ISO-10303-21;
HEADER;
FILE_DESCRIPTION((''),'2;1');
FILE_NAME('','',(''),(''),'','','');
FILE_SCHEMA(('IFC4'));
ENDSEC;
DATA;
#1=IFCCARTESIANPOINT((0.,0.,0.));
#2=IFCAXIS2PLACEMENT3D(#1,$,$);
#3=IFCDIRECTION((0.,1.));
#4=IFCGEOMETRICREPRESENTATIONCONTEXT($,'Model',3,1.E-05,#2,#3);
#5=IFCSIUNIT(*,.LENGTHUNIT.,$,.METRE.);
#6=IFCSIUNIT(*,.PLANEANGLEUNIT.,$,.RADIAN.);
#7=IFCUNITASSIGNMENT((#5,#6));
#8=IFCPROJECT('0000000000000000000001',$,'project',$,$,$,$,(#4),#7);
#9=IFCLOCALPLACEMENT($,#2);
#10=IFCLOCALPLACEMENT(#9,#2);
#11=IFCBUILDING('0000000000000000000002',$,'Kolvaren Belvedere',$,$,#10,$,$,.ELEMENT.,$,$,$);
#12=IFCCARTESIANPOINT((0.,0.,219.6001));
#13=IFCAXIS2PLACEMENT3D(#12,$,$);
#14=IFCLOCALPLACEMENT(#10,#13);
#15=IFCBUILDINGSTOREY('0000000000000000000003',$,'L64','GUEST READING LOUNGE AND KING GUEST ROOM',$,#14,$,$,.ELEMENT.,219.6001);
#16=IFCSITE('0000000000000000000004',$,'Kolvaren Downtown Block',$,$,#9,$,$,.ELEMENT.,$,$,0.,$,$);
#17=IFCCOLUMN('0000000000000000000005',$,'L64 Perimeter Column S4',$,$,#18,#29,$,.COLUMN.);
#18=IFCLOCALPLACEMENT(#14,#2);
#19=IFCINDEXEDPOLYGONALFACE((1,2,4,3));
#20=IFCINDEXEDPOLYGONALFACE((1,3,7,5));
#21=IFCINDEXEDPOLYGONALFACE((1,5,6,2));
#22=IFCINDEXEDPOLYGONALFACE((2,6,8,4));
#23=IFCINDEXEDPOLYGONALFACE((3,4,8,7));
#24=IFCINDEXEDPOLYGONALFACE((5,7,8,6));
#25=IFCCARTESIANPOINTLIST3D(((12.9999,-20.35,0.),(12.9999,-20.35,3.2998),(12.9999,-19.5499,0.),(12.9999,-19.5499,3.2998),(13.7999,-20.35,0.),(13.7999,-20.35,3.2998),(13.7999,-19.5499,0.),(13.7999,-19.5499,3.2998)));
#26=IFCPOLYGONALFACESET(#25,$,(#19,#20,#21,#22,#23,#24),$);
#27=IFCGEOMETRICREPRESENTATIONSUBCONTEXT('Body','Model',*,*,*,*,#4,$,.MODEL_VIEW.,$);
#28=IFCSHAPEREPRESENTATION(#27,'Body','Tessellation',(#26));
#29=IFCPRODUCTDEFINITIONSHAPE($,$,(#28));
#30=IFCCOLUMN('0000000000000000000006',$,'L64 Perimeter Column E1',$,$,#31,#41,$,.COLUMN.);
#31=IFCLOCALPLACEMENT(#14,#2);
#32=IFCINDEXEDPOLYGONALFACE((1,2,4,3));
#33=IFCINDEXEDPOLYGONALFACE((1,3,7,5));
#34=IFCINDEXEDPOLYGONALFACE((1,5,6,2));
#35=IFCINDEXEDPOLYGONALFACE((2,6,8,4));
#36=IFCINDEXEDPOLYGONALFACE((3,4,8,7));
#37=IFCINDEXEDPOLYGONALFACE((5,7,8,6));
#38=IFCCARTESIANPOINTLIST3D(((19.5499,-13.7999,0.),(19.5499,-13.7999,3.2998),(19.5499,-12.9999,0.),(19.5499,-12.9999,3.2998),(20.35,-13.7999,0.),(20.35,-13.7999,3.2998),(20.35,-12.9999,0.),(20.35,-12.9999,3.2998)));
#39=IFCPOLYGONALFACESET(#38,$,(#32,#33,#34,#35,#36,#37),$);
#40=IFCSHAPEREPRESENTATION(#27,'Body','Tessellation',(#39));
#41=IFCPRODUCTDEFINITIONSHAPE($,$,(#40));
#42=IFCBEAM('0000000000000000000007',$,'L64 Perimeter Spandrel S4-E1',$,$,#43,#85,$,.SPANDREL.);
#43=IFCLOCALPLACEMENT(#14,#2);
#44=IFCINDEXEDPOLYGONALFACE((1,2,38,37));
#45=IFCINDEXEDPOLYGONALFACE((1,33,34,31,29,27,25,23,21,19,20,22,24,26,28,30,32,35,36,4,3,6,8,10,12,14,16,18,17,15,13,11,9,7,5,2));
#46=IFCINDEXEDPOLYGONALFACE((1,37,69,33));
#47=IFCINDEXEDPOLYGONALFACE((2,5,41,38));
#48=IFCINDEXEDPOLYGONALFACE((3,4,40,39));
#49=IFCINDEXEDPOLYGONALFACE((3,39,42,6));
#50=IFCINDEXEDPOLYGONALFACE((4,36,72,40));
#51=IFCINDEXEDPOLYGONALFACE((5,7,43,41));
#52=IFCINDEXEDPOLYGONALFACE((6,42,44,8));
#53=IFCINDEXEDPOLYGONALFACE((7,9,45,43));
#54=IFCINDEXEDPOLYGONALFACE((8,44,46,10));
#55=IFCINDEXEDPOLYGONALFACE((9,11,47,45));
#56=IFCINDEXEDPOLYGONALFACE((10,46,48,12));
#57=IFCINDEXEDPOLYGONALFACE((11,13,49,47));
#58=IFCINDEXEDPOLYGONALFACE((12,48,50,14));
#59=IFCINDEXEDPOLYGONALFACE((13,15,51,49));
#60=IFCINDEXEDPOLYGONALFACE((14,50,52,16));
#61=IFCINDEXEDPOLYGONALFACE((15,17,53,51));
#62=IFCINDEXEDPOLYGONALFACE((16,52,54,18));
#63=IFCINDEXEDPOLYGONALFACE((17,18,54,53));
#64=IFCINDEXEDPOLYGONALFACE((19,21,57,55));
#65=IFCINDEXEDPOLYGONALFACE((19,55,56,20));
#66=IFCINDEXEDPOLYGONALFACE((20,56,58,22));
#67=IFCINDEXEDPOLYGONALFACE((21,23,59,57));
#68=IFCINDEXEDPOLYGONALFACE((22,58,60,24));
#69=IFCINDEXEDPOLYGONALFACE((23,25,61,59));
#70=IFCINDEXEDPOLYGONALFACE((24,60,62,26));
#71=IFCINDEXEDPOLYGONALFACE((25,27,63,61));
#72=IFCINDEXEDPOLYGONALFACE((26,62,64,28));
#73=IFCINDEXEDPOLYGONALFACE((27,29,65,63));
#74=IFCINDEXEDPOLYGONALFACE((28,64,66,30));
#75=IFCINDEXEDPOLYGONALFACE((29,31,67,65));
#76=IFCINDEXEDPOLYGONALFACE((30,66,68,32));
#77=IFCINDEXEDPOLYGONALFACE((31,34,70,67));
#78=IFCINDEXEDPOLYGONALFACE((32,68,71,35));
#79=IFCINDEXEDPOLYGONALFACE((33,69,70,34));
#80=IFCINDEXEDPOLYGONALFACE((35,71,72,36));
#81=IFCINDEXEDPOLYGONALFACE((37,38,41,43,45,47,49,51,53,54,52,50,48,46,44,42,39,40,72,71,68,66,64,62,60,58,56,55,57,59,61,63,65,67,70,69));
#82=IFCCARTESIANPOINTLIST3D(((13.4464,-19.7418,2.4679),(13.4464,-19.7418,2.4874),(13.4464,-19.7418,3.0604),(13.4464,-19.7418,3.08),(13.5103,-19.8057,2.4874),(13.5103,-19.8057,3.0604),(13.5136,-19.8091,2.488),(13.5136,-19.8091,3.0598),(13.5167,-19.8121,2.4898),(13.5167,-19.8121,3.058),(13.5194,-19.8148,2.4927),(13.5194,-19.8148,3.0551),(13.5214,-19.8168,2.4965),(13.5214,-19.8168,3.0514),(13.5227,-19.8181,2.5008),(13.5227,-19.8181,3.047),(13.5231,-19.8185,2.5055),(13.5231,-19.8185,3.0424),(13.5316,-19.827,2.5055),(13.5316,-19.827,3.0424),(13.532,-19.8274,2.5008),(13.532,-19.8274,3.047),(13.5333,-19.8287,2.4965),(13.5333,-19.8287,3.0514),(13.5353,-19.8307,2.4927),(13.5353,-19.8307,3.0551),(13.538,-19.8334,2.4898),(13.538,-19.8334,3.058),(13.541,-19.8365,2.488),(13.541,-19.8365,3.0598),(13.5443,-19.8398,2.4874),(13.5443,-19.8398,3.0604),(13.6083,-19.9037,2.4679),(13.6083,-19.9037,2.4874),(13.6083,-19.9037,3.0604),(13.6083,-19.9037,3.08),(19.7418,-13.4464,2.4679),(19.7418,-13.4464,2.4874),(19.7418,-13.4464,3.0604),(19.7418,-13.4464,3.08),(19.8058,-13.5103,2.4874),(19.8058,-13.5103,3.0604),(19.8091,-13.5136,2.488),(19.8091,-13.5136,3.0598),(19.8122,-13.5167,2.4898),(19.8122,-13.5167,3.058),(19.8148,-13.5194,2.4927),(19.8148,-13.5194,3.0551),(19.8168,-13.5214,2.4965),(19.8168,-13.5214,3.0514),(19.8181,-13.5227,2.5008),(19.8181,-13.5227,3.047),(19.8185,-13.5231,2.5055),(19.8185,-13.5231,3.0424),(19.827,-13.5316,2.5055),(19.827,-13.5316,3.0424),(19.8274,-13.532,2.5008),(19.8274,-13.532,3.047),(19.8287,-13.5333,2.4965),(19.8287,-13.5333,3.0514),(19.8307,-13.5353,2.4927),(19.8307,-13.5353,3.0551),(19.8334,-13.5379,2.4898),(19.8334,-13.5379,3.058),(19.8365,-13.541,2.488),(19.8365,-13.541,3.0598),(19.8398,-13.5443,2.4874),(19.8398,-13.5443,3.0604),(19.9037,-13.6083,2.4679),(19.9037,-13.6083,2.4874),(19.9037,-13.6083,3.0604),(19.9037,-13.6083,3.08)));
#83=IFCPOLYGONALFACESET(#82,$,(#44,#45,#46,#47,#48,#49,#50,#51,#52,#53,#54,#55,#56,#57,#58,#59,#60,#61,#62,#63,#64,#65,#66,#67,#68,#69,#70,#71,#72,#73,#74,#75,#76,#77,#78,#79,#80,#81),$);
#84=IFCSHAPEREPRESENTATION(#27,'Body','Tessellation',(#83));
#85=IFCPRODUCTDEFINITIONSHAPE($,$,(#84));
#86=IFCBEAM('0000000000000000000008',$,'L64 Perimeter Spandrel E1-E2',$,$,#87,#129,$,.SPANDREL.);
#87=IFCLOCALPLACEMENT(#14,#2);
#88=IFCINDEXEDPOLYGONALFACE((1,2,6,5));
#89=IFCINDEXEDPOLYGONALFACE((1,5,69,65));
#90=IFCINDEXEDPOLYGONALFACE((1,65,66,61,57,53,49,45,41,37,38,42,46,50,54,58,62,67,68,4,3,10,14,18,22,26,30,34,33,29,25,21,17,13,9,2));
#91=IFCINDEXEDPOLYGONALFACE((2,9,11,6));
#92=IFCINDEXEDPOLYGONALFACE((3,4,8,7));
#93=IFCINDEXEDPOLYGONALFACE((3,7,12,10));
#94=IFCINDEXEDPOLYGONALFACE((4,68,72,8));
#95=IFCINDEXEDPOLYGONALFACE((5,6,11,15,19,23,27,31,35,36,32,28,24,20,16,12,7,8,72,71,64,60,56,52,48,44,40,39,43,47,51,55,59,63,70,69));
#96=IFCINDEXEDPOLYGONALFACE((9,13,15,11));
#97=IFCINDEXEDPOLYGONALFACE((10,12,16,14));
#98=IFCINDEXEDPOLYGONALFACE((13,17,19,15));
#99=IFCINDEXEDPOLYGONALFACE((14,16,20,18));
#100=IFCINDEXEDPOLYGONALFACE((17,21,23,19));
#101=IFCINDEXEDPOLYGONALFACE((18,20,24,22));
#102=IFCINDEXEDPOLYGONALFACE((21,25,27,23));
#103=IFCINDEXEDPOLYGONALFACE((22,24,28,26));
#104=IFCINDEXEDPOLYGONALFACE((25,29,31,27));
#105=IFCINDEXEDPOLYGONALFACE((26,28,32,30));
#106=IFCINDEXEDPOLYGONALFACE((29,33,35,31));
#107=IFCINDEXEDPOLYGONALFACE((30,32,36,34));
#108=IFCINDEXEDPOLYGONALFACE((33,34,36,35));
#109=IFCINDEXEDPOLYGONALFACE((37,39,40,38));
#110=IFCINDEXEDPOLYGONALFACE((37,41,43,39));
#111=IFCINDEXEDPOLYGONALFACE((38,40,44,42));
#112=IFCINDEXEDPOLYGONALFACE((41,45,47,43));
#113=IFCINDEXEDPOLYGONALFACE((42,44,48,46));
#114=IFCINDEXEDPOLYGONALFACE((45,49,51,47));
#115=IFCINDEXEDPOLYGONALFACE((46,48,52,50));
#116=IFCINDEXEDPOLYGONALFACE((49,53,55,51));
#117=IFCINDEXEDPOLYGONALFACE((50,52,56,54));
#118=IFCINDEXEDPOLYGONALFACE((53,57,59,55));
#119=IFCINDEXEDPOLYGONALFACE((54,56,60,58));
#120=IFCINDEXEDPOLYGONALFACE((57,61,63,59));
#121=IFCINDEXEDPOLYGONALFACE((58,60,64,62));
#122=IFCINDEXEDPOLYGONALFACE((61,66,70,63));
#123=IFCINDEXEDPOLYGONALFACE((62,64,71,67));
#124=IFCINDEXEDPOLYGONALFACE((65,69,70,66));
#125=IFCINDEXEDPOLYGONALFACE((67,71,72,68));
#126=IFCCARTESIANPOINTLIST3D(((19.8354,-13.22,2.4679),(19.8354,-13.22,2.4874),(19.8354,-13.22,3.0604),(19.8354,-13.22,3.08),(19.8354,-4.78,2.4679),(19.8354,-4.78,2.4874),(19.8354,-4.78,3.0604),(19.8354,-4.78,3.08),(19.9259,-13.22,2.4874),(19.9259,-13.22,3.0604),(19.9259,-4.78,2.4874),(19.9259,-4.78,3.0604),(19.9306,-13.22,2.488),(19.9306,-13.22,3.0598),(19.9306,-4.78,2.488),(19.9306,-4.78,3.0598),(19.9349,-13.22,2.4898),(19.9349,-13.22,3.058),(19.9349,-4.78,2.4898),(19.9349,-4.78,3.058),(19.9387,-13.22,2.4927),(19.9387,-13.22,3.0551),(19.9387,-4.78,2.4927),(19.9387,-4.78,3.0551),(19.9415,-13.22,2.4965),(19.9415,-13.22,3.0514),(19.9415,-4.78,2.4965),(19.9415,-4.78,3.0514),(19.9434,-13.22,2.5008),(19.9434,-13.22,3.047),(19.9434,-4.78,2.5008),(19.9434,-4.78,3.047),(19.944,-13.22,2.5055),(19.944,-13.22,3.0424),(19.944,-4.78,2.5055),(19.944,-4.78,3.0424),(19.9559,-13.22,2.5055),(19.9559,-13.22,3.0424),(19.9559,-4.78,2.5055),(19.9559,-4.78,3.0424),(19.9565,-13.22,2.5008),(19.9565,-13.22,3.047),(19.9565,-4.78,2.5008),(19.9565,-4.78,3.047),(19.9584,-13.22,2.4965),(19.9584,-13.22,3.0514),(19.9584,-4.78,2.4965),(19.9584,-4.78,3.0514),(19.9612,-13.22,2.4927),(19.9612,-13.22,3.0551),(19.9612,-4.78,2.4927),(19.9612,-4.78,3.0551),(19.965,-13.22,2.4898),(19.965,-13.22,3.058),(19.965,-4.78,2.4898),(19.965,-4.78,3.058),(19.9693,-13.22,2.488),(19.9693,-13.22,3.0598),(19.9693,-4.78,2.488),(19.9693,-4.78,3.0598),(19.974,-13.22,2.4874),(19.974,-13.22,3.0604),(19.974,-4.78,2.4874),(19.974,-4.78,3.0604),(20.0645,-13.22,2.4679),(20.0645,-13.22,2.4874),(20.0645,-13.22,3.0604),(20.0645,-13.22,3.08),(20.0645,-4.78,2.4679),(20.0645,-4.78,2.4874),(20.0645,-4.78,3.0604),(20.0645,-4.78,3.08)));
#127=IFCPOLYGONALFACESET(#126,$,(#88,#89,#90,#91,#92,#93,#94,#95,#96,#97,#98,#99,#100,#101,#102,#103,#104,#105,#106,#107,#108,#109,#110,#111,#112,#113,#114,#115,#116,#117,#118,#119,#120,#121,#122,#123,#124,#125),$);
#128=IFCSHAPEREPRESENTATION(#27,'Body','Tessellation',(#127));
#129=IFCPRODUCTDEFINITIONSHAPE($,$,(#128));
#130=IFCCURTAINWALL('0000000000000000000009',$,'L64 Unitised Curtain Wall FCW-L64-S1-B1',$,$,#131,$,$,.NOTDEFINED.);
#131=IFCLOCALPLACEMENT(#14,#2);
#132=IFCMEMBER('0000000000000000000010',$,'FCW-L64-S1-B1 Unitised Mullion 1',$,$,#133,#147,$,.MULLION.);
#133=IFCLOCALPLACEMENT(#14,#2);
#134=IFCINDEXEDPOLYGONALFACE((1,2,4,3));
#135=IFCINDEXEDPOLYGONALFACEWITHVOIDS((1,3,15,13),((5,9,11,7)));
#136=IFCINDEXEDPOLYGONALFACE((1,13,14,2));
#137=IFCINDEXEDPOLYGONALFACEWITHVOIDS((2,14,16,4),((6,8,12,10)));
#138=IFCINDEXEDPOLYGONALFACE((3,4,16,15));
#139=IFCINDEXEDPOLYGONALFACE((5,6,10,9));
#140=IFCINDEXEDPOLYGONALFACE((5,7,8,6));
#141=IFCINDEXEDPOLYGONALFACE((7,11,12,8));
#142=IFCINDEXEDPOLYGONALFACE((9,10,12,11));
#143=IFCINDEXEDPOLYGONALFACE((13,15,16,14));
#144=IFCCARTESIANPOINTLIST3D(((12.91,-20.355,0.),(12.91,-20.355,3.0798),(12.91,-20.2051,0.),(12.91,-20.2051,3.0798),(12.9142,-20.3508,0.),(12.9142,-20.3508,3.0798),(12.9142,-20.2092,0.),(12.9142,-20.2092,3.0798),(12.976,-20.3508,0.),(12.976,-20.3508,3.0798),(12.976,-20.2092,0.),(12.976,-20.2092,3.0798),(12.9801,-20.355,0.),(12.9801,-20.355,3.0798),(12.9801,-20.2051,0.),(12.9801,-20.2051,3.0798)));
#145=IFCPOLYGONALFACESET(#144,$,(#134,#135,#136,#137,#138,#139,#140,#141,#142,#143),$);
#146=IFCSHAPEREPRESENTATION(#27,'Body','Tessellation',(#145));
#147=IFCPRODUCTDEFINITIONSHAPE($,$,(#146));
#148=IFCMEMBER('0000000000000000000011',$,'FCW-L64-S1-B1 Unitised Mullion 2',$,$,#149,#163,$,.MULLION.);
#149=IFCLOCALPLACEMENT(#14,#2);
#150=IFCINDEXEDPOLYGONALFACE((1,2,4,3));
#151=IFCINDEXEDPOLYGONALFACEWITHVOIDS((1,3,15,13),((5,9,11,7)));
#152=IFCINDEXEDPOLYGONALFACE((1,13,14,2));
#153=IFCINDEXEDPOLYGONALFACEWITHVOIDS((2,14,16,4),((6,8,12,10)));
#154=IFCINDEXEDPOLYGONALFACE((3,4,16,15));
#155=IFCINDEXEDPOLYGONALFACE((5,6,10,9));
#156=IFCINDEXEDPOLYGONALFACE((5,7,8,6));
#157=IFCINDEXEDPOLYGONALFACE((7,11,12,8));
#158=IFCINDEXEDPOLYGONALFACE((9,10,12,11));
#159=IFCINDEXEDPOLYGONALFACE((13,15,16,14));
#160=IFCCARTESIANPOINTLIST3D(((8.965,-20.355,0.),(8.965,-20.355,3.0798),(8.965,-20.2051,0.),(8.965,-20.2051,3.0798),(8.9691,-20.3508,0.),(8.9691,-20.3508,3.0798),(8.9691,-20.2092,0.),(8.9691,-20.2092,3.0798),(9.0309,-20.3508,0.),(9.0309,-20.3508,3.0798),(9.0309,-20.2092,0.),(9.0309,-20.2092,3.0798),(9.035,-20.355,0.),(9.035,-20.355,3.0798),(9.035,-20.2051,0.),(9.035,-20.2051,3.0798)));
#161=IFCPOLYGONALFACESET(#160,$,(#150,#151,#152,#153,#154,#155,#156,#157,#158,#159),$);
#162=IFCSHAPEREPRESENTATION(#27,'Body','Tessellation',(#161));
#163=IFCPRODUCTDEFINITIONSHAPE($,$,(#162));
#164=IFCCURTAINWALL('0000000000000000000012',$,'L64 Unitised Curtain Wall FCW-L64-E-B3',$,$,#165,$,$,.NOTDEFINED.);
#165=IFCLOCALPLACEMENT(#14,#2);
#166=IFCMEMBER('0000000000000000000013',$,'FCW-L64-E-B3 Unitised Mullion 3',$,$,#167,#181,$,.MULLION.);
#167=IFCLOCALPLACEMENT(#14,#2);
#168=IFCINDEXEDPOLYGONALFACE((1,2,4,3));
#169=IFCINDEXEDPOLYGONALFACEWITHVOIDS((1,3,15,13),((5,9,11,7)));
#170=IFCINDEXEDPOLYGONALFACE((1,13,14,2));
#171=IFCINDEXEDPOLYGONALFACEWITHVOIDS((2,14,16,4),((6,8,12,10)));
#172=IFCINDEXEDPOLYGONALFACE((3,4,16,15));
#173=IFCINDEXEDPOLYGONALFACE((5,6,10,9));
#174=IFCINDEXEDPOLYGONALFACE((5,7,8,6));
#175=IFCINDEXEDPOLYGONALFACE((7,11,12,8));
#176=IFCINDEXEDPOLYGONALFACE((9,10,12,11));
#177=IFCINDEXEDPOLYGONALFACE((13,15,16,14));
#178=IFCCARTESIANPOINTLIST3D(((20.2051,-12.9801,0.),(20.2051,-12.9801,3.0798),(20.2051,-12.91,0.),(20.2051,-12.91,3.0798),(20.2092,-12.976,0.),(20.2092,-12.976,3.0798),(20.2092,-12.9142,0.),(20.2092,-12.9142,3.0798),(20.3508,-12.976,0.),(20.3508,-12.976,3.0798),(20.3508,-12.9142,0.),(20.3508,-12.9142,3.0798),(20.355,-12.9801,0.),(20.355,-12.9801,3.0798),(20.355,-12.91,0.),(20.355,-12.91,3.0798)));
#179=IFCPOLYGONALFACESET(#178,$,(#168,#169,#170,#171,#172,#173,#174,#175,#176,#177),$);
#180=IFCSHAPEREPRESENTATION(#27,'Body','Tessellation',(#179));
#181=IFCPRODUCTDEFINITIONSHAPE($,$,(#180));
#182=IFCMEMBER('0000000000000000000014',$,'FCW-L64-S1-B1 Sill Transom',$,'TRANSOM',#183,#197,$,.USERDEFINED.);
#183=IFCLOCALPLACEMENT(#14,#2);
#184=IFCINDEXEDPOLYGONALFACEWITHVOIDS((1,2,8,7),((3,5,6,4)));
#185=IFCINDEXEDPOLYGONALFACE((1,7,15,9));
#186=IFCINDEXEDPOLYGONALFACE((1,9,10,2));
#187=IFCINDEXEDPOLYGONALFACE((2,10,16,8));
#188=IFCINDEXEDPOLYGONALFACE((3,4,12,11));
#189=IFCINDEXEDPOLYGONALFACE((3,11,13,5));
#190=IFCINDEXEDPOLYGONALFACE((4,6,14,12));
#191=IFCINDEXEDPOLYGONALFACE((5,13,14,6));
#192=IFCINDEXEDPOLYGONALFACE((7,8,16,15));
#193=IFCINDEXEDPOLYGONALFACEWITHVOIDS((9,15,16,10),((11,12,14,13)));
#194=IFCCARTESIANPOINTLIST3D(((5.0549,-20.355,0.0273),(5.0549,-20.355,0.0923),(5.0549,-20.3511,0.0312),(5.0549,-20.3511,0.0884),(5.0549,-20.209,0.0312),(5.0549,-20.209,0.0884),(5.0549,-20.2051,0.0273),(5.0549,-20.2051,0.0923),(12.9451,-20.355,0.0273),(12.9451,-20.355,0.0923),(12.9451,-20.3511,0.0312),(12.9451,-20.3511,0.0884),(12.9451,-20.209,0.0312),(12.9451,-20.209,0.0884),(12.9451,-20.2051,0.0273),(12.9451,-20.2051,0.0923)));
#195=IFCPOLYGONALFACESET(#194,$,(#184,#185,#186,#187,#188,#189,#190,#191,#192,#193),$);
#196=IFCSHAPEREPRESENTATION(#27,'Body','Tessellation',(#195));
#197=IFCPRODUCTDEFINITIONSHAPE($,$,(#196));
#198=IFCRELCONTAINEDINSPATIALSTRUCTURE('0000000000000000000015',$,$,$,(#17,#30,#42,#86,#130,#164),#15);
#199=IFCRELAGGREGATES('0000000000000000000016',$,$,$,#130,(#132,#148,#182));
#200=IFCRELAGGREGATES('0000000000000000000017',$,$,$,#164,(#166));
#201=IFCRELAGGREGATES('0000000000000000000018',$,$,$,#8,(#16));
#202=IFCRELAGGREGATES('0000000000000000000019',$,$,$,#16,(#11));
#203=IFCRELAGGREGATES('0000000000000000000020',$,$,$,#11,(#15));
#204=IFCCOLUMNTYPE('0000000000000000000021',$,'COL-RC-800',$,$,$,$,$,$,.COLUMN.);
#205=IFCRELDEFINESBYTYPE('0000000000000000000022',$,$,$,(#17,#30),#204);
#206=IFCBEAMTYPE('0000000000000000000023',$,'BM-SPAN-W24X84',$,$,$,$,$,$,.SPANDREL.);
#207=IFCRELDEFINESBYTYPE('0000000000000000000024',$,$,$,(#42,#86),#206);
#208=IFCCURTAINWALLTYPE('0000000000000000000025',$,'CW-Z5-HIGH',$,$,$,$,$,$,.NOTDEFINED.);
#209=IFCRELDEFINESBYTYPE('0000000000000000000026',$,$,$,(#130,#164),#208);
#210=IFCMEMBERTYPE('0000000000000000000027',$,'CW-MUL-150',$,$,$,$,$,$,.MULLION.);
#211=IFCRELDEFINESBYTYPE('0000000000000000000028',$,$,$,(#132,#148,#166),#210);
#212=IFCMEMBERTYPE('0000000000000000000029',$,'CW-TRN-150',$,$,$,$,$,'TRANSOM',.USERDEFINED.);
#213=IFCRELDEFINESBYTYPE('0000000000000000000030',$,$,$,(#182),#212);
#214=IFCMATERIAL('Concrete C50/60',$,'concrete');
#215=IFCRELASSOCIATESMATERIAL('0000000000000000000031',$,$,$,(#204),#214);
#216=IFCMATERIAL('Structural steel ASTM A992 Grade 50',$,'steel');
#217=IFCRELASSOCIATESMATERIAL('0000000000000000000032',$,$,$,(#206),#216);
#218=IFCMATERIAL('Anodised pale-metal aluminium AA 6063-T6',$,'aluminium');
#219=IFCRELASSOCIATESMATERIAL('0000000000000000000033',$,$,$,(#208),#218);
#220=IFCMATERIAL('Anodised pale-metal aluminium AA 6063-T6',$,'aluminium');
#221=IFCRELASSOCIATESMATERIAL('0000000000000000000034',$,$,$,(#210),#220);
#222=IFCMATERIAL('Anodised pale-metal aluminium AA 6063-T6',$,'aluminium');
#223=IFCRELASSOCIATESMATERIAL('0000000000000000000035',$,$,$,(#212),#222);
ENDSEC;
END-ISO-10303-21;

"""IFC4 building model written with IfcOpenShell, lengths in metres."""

from ifc_helpers import new_model, si_unit, direction, frame, origin, origin_2d, place, context, subcontext, project, spatial, rectangle, hollow_rectangle, i_section, extrude, material, material_profile, profile_set, type_object, element, aggregate, save


model = new_model("IFC4")

# Units and contexts
model_context = context("Model", 3, precision=1e-05, world=origin(), true_north=direction((0.0, 1.0)))
body_context = subcontext(model_context, "Body", "Model", "MODEL_VIEW")
ifc_project = project(units=[si_unit("LENGTHUNIT", "METRE"), si_unit("PLANEANGLEUNIT", "RADIAN")], contexts=[model_context])

# Site, building, storey
site_placement = place(None, origin())
site = spatial("IfcSite", under=ifc_project, at=site_placement, Name="Kolvaren Downtown Block", CompositionType="ELEMENT", RefElevation=0.0)
building_placement = place(site_placement, origin())
building = spatial("IfcBuilding", under=site, at=building_placement, Name="Kolvaren Belvedere", CompositionType="ELEMENT")
storey_placement = place(building_placement, frame((0.0, 0.0, 219.6001)))
storey = spatial("IfcBuildingStorey", under=building, at=storey_placement, Name="L64", Description="GUEST READING LOUNGE AND KING GUEST ROOM", CompositionType="ELEMENT", Elevation=219.6001)

# Columns
ifc_material_1 = material(Name="Concrete C50/60", Category="concrete")
ifc_material_profile_1 = material_profile(ifc_material_1, rectangle(XDim=0.8, YDim=0.8, at=origin_2d()), Name="RC 800X800")
ifc_profile_set_1 = profile_set([ifc_material_profile_1], Name="Concrete C50/60")
column_type = type_object("IfcColumnType", Name="COL-RC-800", PredefinedType="COLUMN", material=ifc_profile_set_1)
for number, where, z_axis, x_axis, name in (
    (1, (13.3999, -19.95, 0.0), (0.0, 0.0, 1.0), (1.0, 0.0, 0.0), "L64 Perimeter Column S4"),
    (2, (19.95, -13.3999, 0.0), (0.0, 0.0, 1.0), (1.0, 0.0, 0.0), "L64 Perimeter Column E1"),
):
    element("IfcColumn", number, at=place(storey_placement, frame(where, z_axis=z_axis, x_axis=x_axis)), inside=storey, type_object=column_type, Name=name, PredefinedType="COLUMN", context=body_context, shape_type="SweptSolid", body=[
        extrude(rectangle(XDim=0.8, YDim=0.8, at=origin_2d()), origin(), (0.0, 0.0, 1.0), 3.2998),
    ])

# Beams
ifc_material_2 = material(Name="Structural steel ASTM A992 Grade 50", Category="steel")
ifc_material_profile_2 = material_profile(ifc_material_2, i_section(OverallWidth=0.229, OverallDepth=0.6121, WebThickness=0.012, FlangeThickness=0.0195, FilletRadius=0.0181, at=origin_2d()), Name="W24X84")
ifc_profile_set_2 = profile_set([ifc_material_profile_2], Name="Structural steel ASTM A992 Grade 50")
beam_type = type_object("IfcBeamType", Name="BM-SPAN-W24X84", PredefinedType="SPANDREL", material=ifc_profile_set_2)
beam_1_placement = place(storey_placement, frame((13.5273, -19.8228, 2.7739), z_axis=(0.707107, 0.707107, 0.0), x_axis=(-0.707107, 0.707107, 0.0)))
element("IfcBeam", 3, at=beam_1_placement, inside=storey, type_object=beam_type, Name="L64 Perimeter Spandrel S4-E1", PredefinedType="SPANDREL", context=body_context, shape_type="SweptSolid", body=[
    extrude(i_section(OverallWidth=0.229, OverallDepth=0.6121, WebThickness=0.012, FlangeThickness=0.0195, FilletRadius=0.0181, at=origin_2d()), origin(), (0.0, 0.0, 1.0), 8.9031),
])
beam_2_placement = place(storey_placement, frame((19.95, -13.22, 2.7739), z_axis=(0.0, 1.0, 0.0), x_axis=(-1.0, 0.0, 0.0)))
element("IfcBeam", 4, at=beam_2_placement, inside=storey, type_object=beam_type, Name="L64 Perimeter Spandrel E1-E2", PredefinedType="SPANDREL", context=body_context, shape_type="SweptSolid", body=[
    extrude(i_section(OverallWidth=0.229, OverallDepth=0.6121, WebThickness=0.012, FlangeThickness=0.0195, FilletRadius=0.0181, at=origin_2d()), origin(), (0.0, 0.0, 1.0), 8.4399),
])

# Curtain wall, members
ifc_material_3 = material(Name="Anodised pale-metal aluminium AA 6063-T6", Category="aluminium")
curtain_wall_type = type_object("IfcCurtainWallType", Name="CW-Z5-HIGH", PredefinedType="NOTDEFINED", material=ifc_material_3)
curtain_wall_1_placement = place(storey_placement, origin())
curtain_wall_1 = element("IfcCurtainWall", 5, at=curtain_wall_1_placement, inside=storey, type_object=curtain_wall_type, Name="L64 Unitised Curtain Wall FCW-L64-S1-B1", PredefinedType="NOTDEFINED")
ifc_material_4 = material(Name="Anodised pale-metal aluminium AA 6063-T6", Category="aluminium")
ifc_material_profile_3 = material_profile(ifc_material_4, hollow_rectangle(XDim=0.0701, YDim=0.1499, WallThickness=0.0042, at=origin_2d()), Name="ALU-MUL-150X70")
ifc_profile_set_3 = profile_set([ifc_material_profile_3], Name="Anodised pale-metal aluminium AA 6063-T6")
member_type_1 = type_object("IfcMemberType", Name="CW-MUL-150", PredefinedType="MULLION", material=ifc_profile_set_3)
member_1_placement = place(storey_placement, frame((12.9451, -20.28, 0.0), z_axis=(0.0, 0.0, 1.0), x_axis=(1.0, 0.0, 0.0)))
member_1 = element("IfcMember", 6, at=member_1_placement, type_object=member_type_1, Name="FCW-L64-S1-B1 Unitised Mullion 1", PredefinedType="MULLION", context=body_context, shape_type="SweptSolid", body=[
    extrude(hollow_rectangle(XDim=0.0701, YDim=0.1499, WallThickness=0.0042, at=origin_2d()), origin(), (0.0, 0.0, 1.0), 3.0798),
])
member_2_placement = place(storey_placement, frame((9.0, -20.28, 0.0), z_axis=(0.0, 0.0, 1.0), x_axis=(1.0, 0.0, 0.0)))
member_2 = element("IfcMember", 7, at=member_2_placement, type_object=member_type_1, Name="FCW-L64-S1-B1 Unitised Mullion 2", PredefinedType="MULLION", context=body_context, shape_type="SweptSolid", body=[
    extrude(hollow_rectangle(XDim=0.0701, YDim=0.1499, WallThickness=0.0042, at=origin_2d()), origin(), (0.0, 0.0, 1.0), 3.0798),
])

# Curtain wall, member
curtain_wall_2_placement = place(storey_placement, origin())
curtain_wall_2 = element("IfcCurtainWall", 8, at=curtain_wall_2_placement, inside=storey, type_object=curtain_wall_type, Name="L64 Unitised Curtain Wall FCW-L64-E-B3", PredefinedType="NOTDEFINED")
member_3_placement = place(storey_placement, frame((20.28, -12.9451, 0.0), z_axis=(0.0, 0.0, 1.0), x_axis=(0.0, 1.0, 0.0)))
member_3 = element("IfcMember", 9, at=member_3_placement, type_object=member_type_1, Name="FCW-L64-E-B3 Unitised Mullion 3", PredefinedType="MULLION", context=body_context, shape_type="SweptSolid", body=[
    extrude(hollow_rectangle(XDim=0.0701, YDim=0.1499, WallThickness=0.0042, at=origin_2d()), origin(), (0.0, 0.0, 1.0), 3.0798),
])

# Member
ifc_material_5 = material(Name="Anodised pale-metal aluminium AA 6063-T6", Category="aluminium")
ifc_material_profile_4 = material_profile(ifc_material_5, hollow_rectangle(XDim=0.0649, YDim=0.1499, WallThickness=0.0039, at=origin_2d()), Name="ALU-TRN-150X65")
ifc_profile_set_4 = profile_set([ifc_material_profile_4], Name="Anodised pale-metal aluminium AA 6063-T6")
member_type_2 = type_object("IfcMemberType", Name="CW-TRN-150", ElementType="TRANSOM", PredefinedType="USERDEFINED", material=ifc_profile_set_4)
member_4_placement = place(storey_placement, frame((12.9451, -20.28, 0.0598), z_axis=(-1.0, 0.0, 0.0), x_axis=(0.0, 0.0, 1.0)))
member_4 = element("IfcMember", 10, at=member_4_placement, type_object=member_type_2, Name="FCW-L64-S1-B1 Sill Transom", ObjectType="TRANSOM", PredefinedType="USERDEFINED", context=body_context, shape_type="SweptSolid", body=[
    extrude(hollow_rectangle(XDim=0.0649, YDim=0.1499, WallThickness=0.0039, at=origin_2d()), origin(), (0.0, 0.0, 1.0), 7.8901),
])

aggregate(curtain_wall_1, [member_1, member_2, member_4])
aggregate(curtain_wall_2, [member_3])

save(model, "model.ifc")
